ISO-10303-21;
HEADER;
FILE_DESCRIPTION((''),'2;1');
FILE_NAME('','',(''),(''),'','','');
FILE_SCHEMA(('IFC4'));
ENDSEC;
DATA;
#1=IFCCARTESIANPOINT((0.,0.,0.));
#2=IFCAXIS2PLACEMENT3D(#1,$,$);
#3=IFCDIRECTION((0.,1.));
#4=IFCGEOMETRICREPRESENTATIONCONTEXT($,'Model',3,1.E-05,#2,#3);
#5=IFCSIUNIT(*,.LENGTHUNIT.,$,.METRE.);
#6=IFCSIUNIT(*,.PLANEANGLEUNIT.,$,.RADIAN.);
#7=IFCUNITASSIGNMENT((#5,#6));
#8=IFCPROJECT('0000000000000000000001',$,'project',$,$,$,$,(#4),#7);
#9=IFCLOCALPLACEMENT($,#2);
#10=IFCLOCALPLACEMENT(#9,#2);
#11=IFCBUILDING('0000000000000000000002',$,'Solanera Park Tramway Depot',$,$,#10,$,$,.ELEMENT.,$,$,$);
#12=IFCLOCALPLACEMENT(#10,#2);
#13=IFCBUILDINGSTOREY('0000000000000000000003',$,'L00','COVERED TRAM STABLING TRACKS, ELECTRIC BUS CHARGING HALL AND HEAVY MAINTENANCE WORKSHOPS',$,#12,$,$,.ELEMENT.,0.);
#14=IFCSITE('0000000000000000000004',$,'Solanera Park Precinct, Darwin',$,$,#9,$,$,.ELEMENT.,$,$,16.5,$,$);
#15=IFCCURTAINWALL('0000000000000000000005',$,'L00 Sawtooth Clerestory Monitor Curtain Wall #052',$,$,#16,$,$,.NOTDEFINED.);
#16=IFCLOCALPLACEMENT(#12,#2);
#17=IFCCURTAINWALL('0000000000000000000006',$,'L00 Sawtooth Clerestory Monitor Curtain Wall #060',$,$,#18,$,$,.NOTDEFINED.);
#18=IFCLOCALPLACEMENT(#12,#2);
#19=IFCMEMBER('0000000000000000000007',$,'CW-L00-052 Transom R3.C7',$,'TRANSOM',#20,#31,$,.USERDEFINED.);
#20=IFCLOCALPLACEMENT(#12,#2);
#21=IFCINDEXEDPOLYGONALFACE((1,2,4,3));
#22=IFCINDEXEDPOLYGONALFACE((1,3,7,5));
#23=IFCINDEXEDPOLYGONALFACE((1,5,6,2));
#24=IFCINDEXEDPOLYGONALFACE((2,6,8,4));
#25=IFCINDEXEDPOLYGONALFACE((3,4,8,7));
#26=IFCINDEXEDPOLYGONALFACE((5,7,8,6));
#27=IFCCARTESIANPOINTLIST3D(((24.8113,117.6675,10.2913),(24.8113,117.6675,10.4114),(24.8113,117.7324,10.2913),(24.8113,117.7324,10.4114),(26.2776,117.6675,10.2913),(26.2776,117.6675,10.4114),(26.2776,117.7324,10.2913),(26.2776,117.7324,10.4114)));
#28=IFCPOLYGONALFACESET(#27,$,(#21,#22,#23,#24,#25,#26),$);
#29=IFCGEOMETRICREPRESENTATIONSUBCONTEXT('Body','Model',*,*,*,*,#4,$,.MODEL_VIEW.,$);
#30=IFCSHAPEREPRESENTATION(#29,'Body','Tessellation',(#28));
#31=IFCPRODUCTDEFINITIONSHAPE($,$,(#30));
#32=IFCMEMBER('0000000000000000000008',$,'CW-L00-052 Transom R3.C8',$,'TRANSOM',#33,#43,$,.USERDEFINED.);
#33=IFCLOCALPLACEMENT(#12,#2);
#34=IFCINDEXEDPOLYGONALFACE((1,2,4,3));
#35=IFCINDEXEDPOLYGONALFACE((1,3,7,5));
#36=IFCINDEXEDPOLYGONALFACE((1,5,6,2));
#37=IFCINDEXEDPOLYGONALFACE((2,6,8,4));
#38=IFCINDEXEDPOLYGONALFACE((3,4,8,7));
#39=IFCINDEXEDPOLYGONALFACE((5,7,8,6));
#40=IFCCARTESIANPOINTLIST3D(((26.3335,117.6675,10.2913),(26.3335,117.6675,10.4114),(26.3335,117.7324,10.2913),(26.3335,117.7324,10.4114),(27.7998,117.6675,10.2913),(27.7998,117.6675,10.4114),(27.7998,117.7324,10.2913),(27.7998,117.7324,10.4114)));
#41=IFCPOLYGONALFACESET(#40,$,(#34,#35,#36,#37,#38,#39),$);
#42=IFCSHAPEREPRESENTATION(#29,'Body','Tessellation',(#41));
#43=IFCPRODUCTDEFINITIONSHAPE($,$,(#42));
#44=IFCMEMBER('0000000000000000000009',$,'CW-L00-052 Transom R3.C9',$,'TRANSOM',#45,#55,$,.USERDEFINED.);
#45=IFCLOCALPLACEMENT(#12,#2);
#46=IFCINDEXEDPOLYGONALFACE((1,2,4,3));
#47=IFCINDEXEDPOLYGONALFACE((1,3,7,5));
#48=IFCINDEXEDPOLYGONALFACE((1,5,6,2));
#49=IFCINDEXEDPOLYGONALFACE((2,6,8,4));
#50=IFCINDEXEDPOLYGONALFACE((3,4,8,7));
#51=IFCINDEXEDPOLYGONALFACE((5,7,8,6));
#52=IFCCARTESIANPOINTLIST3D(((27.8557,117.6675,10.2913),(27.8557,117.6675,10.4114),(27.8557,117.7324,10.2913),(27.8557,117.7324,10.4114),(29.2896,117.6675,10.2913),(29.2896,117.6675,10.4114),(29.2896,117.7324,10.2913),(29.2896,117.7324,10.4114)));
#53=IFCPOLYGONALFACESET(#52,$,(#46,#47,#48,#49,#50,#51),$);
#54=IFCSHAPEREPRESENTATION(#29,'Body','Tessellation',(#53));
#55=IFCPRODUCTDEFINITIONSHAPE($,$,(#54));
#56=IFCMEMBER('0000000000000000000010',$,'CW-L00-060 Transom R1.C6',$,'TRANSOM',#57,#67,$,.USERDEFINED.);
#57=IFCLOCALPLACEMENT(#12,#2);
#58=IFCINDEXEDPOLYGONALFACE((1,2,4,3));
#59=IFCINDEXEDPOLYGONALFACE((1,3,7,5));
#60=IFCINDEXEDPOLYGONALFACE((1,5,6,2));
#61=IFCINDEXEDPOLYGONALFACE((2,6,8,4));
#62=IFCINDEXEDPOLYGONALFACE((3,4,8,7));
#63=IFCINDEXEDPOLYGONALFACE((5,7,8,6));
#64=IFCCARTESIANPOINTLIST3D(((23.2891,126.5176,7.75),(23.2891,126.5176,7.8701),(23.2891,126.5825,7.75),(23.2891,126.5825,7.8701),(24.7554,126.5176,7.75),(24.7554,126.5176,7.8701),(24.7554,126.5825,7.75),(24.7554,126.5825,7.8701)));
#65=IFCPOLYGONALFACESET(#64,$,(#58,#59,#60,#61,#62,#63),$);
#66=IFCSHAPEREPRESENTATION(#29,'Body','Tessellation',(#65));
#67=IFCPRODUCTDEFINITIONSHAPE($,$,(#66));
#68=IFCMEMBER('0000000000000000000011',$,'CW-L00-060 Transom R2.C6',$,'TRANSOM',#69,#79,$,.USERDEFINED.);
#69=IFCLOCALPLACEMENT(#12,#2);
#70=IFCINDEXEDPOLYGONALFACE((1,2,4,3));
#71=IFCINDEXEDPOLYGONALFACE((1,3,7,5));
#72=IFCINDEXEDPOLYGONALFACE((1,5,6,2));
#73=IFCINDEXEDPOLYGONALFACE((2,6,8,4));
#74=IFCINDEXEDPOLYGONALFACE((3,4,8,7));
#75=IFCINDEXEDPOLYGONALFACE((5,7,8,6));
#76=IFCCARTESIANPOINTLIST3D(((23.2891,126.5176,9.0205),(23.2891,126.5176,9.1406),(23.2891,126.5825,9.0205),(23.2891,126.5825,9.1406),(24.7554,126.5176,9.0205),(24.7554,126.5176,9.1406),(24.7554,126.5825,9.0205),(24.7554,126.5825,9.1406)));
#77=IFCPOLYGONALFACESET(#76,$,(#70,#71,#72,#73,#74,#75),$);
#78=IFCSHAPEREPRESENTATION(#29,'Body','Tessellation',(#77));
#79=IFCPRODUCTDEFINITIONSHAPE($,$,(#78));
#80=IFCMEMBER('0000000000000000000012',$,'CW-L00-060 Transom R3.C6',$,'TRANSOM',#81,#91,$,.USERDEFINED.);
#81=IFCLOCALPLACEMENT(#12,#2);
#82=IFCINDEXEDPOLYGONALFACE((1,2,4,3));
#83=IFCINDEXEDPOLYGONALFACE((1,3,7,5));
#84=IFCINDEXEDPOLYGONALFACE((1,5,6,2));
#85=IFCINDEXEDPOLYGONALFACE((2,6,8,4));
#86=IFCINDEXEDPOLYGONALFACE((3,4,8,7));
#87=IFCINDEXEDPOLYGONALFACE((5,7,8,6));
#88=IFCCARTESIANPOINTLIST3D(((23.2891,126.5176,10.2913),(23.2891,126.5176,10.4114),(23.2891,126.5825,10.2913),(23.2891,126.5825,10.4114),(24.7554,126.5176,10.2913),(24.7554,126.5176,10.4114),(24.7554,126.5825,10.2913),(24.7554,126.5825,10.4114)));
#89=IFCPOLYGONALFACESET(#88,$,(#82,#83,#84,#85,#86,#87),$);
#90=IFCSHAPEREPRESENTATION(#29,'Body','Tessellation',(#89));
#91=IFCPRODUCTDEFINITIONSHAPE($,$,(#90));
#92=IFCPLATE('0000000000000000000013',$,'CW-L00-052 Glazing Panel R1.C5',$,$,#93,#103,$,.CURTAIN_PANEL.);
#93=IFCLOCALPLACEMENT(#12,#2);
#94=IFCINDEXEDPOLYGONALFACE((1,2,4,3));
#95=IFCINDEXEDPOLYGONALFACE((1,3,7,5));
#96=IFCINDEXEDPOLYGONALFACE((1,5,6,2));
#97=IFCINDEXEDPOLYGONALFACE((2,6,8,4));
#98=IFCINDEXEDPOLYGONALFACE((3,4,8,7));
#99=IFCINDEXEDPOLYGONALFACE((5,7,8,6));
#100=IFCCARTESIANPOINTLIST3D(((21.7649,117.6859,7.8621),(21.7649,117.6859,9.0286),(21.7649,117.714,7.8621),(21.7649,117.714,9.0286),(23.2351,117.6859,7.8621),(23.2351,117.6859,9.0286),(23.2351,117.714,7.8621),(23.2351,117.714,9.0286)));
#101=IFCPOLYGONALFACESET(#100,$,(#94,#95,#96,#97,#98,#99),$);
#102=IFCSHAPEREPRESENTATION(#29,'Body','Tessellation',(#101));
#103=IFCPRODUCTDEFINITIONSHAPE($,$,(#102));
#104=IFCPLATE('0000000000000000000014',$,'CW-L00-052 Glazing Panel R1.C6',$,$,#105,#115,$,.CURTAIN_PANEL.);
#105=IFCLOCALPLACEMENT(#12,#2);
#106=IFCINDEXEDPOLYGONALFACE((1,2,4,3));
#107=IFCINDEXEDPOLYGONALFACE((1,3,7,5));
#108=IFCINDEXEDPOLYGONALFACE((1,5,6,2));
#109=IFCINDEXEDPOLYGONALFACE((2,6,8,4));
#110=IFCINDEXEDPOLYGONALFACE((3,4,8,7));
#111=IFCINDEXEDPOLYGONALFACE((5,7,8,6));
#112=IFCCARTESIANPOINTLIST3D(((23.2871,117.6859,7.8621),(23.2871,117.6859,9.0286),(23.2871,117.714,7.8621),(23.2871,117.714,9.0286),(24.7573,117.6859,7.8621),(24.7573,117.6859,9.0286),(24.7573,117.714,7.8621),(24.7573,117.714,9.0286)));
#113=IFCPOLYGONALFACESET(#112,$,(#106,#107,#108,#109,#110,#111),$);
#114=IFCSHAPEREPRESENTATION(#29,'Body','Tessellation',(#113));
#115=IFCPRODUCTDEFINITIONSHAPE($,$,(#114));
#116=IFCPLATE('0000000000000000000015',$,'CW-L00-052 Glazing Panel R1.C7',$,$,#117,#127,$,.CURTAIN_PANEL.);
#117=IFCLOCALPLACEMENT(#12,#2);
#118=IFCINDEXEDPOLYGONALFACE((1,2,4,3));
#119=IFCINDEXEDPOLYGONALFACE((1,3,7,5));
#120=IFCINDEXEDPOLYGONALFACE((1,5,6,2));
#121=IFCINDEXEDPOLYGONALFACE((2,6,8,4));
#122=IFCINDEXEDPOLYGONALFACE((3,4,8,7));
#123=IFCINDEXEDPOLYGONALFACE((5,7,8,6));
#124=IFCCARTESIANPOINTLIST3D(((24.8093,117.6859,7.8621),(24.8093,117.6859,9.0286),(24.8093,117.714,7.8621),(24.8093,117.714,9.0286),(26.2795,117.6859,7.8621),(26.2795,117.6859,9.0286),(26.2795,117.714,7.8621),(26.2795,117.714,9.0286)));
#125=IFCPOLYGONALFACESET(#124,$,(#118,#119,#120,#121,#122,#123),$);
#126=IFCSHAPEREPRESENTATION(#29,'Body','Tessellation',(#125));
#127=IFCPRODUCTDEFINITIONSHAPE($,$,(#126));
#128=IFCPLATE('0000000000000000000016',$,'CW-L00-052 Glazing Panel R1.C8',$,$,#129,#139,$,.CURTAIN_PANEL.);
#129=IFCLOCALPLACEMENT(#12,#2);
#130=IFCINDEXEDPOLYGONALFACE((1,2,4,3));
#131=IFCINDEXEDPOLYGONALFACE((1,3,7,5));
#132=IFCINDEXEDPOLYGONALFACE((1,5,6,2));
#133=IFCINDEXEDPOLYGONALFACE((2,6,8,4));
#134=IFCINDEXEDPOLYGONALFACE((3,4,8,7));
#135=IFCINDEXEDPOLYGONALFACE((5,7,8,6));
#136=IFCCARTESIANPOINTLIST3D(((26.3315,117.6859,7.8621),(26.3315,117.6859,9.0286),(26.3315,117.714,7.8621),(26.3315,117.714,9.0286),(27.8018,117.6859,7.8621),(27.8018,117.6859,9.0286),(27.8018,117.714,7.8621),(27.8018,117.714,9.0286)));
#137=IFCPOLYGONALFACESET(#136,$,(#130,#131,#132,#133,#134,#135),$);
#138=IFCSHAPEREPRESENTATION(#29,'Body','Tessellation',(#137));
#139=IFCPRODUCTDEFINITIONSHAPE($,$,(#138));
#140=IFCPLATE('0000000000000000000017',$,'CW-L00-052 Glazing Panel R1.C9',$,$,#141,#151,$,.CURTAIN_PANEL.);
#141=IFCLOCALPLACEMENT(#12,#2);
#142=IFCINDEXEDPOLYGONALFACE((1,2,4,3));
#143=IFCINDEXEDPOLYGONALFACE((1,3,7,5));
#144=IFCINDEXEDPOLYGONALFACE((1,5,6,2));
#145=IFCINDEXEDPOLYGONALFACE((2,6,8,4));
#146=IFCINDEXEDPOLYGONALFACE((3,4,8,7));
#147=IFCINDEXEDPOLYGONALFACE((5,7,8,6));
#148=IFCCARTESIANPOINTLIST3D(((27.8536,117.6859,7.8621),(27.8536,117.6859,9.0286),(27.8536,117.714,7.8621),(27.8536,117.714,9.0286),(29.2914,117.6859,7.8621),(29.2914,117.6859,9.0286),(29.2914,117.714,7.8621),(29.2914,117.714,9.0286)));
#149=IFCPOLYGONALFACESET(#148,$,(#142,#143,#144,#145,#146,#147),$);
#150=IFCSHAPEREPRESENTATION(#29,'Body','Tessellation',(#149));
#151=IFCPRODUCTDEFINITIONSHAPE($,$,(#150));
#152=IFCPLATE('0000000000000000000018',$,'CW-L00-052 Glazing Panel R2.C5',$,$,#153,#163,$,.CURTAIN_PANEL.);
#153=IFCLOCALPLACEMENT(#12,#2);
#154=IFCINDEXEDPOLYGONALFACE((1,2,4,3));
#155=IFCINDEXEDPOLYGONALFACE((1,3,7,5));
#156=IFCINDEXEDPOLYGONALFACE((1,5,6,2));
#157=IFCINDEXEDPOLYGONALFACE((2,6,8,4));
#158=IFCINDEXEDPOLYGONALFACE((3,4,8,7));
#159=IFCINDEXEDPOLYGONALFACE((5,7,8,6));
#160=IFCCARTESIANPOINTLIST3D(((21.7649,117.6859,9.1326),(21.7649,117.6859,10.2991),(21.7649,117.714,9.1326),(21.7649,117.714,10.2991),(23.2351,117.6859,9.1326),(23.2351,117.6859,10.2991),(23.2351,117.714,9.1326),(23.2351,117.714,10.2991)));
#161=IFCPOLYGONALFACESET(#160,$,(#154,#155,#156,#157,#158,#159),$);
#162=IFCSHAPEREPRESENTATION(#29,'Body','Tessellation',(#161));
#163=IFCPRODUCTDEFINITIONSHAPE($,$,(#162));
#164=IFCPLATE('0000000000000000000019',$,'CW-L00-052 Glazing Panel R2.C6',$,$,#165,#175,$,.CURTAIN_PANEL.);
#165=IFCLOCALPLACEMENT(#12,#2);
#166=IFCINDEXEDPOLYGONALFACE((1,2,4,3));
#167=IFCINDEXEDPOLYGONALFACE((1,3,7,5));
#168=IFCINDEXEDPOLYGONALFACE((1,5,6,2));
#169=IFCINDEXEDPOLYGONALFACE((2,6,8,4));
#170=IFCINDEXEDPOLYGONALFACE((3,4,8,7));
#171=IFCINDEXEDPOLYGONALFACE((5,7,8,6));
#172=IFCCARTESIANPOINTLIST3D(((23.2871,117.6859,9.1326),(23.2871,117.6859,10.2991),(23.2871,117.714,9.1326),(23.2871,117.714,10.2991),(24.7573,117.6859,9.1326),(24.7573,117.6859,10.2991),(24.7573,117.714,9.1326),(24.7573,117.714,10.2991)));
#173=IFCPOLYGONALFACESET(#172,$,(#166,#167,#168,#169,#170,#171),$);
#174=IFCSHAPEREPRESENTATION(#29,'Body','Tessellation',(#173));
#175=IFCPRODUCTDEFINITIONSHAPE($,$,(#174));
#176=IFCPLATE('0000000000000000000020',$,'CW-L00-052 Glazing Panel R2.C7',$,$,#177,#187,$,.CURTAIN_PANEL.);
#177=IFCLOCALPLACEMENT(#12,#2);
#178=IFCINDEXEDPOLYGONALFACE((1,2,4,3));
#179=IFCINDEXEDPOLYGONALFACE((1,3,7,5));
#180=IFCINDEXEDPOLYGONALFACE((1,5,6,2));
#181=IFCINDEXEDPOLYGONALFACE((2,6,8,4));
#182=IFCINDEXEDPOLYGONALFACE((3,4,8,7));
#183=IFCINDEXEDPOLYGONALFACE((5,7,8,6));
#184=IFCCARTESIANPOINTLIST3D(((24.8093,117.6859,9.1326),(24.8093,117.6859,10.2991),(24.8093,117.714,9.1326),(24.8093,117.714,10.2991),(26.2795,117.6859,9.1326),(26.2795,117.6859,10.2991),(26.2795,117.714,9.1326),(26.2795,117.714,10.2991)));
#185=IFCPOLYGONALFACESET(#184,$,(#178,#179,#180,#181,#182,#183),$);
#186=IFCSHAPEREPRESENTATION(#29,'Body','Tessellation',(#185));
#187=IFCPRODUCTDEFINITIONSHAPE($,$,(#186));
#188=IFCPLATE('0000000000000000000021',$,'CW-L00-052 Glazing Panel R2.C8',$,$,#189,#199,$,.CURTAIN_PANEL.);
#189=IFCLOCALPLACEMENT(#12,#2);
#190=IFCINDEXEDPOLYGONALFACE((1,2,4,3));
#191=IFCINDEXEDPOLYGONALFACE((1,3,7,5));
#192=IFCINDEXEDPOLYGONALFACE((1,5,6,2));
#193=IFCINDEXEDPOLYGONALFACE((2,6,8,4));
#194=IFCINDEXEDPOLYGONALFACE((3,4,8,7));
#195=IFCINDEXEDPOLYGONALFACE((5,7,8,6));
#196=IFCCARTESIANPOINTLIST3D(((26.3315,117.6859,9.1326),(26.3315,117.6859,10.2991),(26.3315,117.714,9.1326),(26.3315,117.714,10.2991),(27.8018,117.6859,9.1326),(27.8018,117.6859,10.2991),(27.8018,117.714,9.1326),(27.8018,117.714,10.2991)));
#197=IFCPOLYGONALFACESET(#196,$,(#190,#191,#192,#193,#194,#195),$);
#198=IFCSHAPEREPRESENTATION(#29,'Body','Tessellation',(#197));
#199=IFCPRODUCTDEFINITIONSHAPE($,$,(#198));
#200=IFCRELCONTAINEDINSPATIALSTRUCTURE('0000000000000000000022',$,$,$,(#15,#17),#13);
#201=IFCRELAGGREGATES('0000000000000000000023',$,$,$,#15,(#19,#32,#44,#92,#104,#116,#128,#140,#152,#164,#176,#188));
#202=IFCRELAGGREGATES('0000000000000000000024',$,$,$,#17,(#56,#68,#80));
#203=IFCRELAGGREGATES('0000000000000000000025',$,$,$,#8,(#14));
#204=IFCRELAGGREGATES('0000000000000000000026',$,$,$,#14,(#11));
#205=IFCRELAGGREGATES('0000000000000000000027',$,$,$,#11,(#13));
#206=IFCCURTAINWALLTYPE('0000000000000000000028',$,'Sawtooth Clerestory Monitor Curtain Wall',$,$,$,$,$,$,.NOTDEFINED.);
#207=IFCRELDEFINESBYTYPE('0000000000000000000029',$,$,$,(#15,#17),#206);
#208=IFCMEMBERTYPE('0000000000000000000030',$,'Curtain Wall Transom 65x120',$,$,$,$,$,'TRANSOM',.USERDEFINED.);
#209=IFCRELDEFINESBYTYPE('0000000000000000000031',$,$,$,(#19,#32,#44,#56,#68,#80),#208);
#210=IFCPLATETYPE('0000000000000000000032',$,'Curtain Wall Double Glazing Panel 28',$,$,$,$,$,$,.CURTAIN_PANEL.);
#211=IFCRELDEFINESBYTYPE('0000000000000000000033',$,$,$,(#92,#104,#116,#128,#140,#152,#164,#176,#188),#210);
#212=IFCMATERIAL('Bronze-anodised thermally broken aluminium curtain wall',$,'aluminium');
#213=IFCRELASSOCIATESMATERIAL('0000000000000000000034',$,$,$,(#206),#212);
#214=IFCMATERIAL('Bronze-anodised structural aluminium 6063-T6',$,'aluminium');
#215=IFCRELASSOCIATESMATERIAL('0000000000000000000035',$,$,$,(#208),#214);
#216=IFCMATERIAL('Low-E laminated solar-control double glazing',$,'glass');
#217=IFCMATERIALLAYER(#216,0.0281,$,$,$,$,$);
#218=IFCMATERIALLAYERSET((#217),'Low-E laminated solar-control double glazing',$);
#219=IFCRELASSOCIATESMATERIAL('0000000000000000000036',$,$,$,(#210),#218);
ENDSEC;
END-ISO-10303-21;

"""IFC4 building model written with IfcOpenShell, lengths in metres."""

from ifc_helpers import new_model, si_unit, direction, frame, origin, origin_2d, place, context, subcontext, project, spatial, rectangle, extrude, material, layer, layer_set, material_profile, profile_set, type_object, element, aggregate, save


model = new_model("IFC4")

# Units and contexts
model_context = context("Model", 3, precision=1e-05, world=origin(), true_north=direction((0.0, 1.0)))
body_context = subcontext(model_context, "Body", "Model", "MODEL_VIEW")
ifc_project = project(units=[si_unit("LENGTHUNIT", "METRE"), si_unit("PLANEANGLEUNIT", "RADIAN")], contexts=[model_context])

# Site, building, storey
site_placement = place(None, origin())
site = spatial("IfcSite", under=ifc_project, at=site_placement, Name="Solanera Park Precinct, Darwin", CompositionType="ELEMENT", RefElevation=16.5)
building_placement = place(site_placement, origin())
building = spatial("IfcBuilding", under=site, at=building_placement, Name="Solanera Park Tramway Depot", CompositionType="ELEMENT")
storey_placement = place(building_placement, origin())
storey = spatial("IfcBuildingStorey", under=building, at=storey_placement, Name="L00", Description="COVERED TRAM STABLING TRACKS, ELECTRIC BUS CHARGING HALL AND HEAVY MAINTENANCE WORKSHOPS", CompositionType="ELEMENT", Elevation=0.0)

# Curtain wall
ifc_material_1 = material(Name="Bronze-anodised thermally broken aluminium curtain wall", Category="aluminium")
curtain_wall_type = type_object("IfcCurtainWallType", Name="Sawtooth Clerestory Monitor Curtain Wall", PredefinedType="NOTDEFINED", material=ifc_material_1)
curtain_wall_1_placement = place(storey_placement, origin())
curtain_wall_1 = element("IfcCurtainWall", 1, at=curtain_wall_1_placement, inside=storey, type_object=curtain_wall_type, Name="L00 Sawtooth Clerestory Monitor Curtain Wall #052", PredefinedType="NOTDEFINED")

# Curtain wall
curtain_wall_2_placement = place(storey_placement, origin())
curtain_wall_2 = element("IfcCurtainWall", 2, at=curtain_wall_2_placement, inside=storey, type_object=curtain_wall_type, Name="L00 Sawtooth Clerestory Monitor Curtain Wall #060", PredefinedType="NOTDEFINED")

# Members
ifc_material_2 = material(Name="Bronze-anodised structural aluminium 6063-T6", Category="aluminium")
ifc_material_profile_1 = material_profile(ifc_material_2, rectangle(XDim=0.0649, YDim=0.1201, at=origin_2d()), Name="Curtain Wall Transom 65x120")
ifc_profile_set_1 = profile_set([ifc_material_profile_1], Name="Bronze-anodised structural aluminium 6063-T6")
member_type_1 = type_object("IfcMemberType", Name="Curtain Wall Transom 65x120", ElementType="TRANSOM", PredefinedType="USERDEFINED", material=ifc_profile_set_1)
member_1_placement = place(storey_placement, frame((24.8113, 117.7, 10.3513), z_axis=(1.0, 0.0, 0.0), x_axis=(0.0, 1.0, 0.0)))
member_1 = element("IfcMember", 3, at=member_1_placement, type_object=member_type_1, Name="CW-L00-052 Transom R3.C7", ObjectType="TRANSOM", PredefinedType="USERDEFINED", context=body_context, shape_type="SweptSolid", body=[
    extrude(rectangle(XDim=0.0649, YDim=0.1201, at=origin_2d()), origin(), (0.0, 0.0, 1.0), 1.4663),
])
member_2_placement = place(storey_placement, frame((26.3335, 117.7, 10.3513), z_axis=(1.0, 0.0, 0.0), x_axis=(0.0, 1.0, 0.0)))
member_2 = element("IfcMember", 4, at=member_2_placement, type_object=member_type_1, Name="CW-L00-052 Transom R3.C8", ObjectType="TRANSOM", PredefinedType="USERDEFINED", context=body_context, shape_type="SweptSolid", body=[
    extrude(rectangle(XDim=0.0649, YDim=0.1201, at=origin_2d()), origin(), (0.0, 0.0, 1.0), 1.4663),
])
member_3_placement = place(storey_placement, frame((27.8557, 117.7, 10.3513), z_axis=(1.0, 0.0, 0.0), x_axis=(0.0, 1.0, 0.0)))
member_3 = element("IfcMember", 5, at=member_3_placement, type_object=member_type_1, Name="CW-L00-052 Transom R3.C9", ObjectType="TRANSOM", PredefinedType="USERDEFINED", context=body_context, shape_type="SweptSolid", body=[
    extrude(rectangle(XDim=0.0649, YDim=0.1201, at=origin_2d()), origin(), (0.0, 0.0, 1.0), 1.4338),
])
member_4_placement = place(storey_placement, frame((23.2891, 126.55, 7.8101), z_axis=(1.0, 0.0, 0.0), x_axis=(0.0, 1.0, 0.0)))
member_4 = element("IfcMember", 6, at=member_4_placement, type_object=member_type_1, Name="CW-L00-060 Transom R1.C6", ObjectType="TRANSOM", PredefinedType="USERDEFINED", context=body_context, shape_type="SweptSolid", body=[
    extrude(rectangle(XDim=0.0649, YDim=0.1201, at=origin_2d()), origin(), (0.0, 0.0, 1.0), 1.4663),
])
member_5_placement = place(storey_placement, frame((23.2891, 126.55, 9.0806), z_axis=(1.0, 0.0, 0.0), x_axis=(0.0, 1.0, 0.0)))
member_5 = element("IfcMember", 7, at=member_5_placement, type_object=member_type_1, Name="CW-L00-060 Transom R2.C6", ObjectType="TRANSOM", PredefinedType="USERDEFINED", context=body_context, shape_type="SweptSolid", body=[
    extrude(rectangle(XDim=0.0649, YDim=0.1201, at=origin_2d()), origin(), (0.0, 0.0, 1.0), 1.4663),
])
member_6_placement = place(storey_placement, frame((23.2891, 126.55, 10.3513), z_axis=(1.0, 0.0, 0.0), x_axis=(0.0, 1.0, 0.0)))
member_6 = element("IfcMember", 8, at=member_6_placement, type_object=member_type_1, Name="CW-L00-060 Transom R3.C6", ObjectType="TRANSOM", PredefinedType="USERDEFINED", context=body_context, shape_type="SweptSolid", body=[
    extrude(rectangle(XDim=0.0649, YDim=0.1201, at=origin_2d()), origin(), (0.0, 0.0, 1.0), 1.4663),
])

# Plates
ifc_material_3 = material(Name="Low-E laminated solar-control double glazing", Category="glass")
ifc_layer = layer(ifc_material_3, 0.0281)
ifc_layer_set = layer_set([ifc_layer], Name="Low-E laminated solar-control double glazing")
plate_type = type_object("IfcPlateType", Name="Curtain Wall Double Glazing Panel 28", PredefinedType="CURTAIN_PANEL", material=ifc_layer_set)
plate_1_placement = place(storey_placement, frame((22.5, 117.7, 7.8621), z_axis=(0.0, 0.0, 1.0), x_axis=(1.0, 0.0, 0.0)))
plate_1 = element("IfcPlate", 9, at=plate_1_placement, type_object=plate_type, Name="CW-L00-052 Glazing Panel R1.C5", PredefinedType="CURTAIN_PANEL", context=body_context, shape_type="SweptSolid", body=[
    extrude(rectangle(XDim=1.4702, YDim=0.0281, at=origin_2d()), origin(), (0.0, 0.0, 1.0), 1.1665),
])
plate_2_placement = place(storey_placement, frame((24.0222, 117.7, 7.8621), z_axis=(0.0, 0.0, 1.0), x_axis=(1.0, 0.0, 0.0)))
plate_2 = element("IfcPlate", 10, at=plate_2_placement, type_object=plate_type, Name="CW-L00-052 Glazing Panel R1.C6", PredefinedType="CURTAIN_PANEL", context=body_context, shape_type="SweptSolid", body=[
    extrude(rectangle(XDim=1.4702, YDim=0.0281, at=origin_2d()), origin(), (0.0, 0.0, 1.0), 1.1665),
])
plate_3_placement = place(storey_placement, frame((25.5444, 117.7, 7.8621), z_axis=(0.0, 0.0, 1.0), x_axis=(1.0, 0.0, 0.0)))
plate_3 = element("IfcPlate", 11, at=plate_3_placement, type_object=plate_type, Name="CW-L00-052 Glazing Panel R1.C7", PredefinedType="CURTAIN_PANEL", context=body_context, shape_type="SweptSolid", body=[
    extrude(rectangle(XDim=1.4702, YDim=0.0281, at=origin_2d()), origin(), (0.0, 0.0, 1.0), 1.1665),
])
plate_4_placement = place(storey_placement, frame((27.0667, 117.7, 7.8621), z_axis=(0.0, 0.0, 1.0), x_axis=(1.0, 0.0, 0.0)))
plate_4 = element("IfcPlate", 12, at=plate_4_placement, type_object=plate_type, Name="CW-L00-052 Glazing Panel R1.C8", PredefinedType="CURTAIN_PANEL", context=body_context, shape_type="SweptSolid", body=[
    extrude(rectangle(XDim=1.4702, YDim=0.0281, at=origin_2d()), origin(), (0.0, 0.0, 1.0), 1.1665),
])
plate_5_placement = place(storey_placement, frame((28.5725, 117.7, 7.8621), z_axis=(0.0, 0.0, 1.0), x_axis=(1.0, 0.0, 0.0)))
plate_5 = element("IfcPlate", 13, at=plate_5_placement, type_object=plate_type, Name="CW-L00-052 Glazing Panel R1.C9", PredefinedType="CURTAIN_PANEL", context=body_context, shape_type="SweptSolid", body=[
    extrude(rectangle(XDim=1.4377, YDim=0.0281, at=origin_2d()), origin(), (0.0, 0.0, 1.0), 1.1665),
])
plate_6_placement = place(storey_placement, frame((22.5, 117.7, 9.1326), z_axis=(0.0, 0.0, 1.0), x_axis=(1.0, 0.0, 0.0)))
plate_6 = element("IfcPlate", 14, at=plate_6_placement, type_object=plate_type, Name="CW-L00-052 Glazing Panel R2.C5", PredefinedType="CURTAIN_PANEL", context=body_context, shape_type="SweptSolid", body=[
    extrude(rectangle(XDim=1.4702, YDim=0.0281, at=origin_2d()), origin(), (0.0, 0.0, 1.0), 1.1665),
])
plate_7_placement = place(storey_placement, frame((24.0222, 117.7, 9.1326), z_axis=(0.0, 0.0, 1.0), x_axis=(1.0, 0.0, 0.0)))
plate_7 = element("IfcPlate", 15, at=plate_7_placement, type_object=plate_type, Name="CW-L00-052 Glazing Panel R2.C6", PredefinedType="CURTAIN_PANEL", context=body_context, shape_type="SweptSolid", body=[
    extrude(rectangle(XDim=1.4702, YDim=0.0281, at=origin_2d()), origin(), (0.0, 0.0, 1.0), 1.1665),
])
plate_8_placement = place(storey_placement, frame((25.5444, 117.7, 9.1326), z_axis=(0.0, 0.0, 1.0), x_axis=(1.0, 0.0, 0.0)))
plate_8 = element("IfcPlate", 16, at=plate_8_placement, type_object=plate_type, Name="CW-L00-052 Glazing Panel R2.C7", PredefinedType="CURTAIN_PANEL", context=body_context, shape_type="SweptSolid", body=[
    extrude(rectangle(XDim=1.4702, YDim=0.0281, at=origin_2d()), origin(), (0.0, 0.0, 1.0), 1.1665),
])
plate_9_placement = place(storey_placement, frame((27.0667, 117.7, 9.1326), z_axis=(0.0, 0.0, 1.0), x_axis=(1.0, 0.0, 0.0)))
plate_9 = element("IfcPlate", 17, at=plate_9_placement, type_object=plate_type, Name="CW-L00-052 Glazing Panel R2.C8", PredefinedType="CURTAIN_PANEL", context=body_context, shape_type="SweptSolid", body=[
    extrude(rectangle(XDim=1.4702, YDim=0.0281, at=origin_2d()), origin(), (0.0, 0.0, 1.0), 1.1665),
])
aggregate(curtain_wall_1, [member_1, member_2, member_3, plate_1, plate_2, plate_3, plate_4, plate_5, plate_6, plate_7, plate_8, plate_9])
aggregate(curtain_wall_2, [member_4, member_5, member_6])

save(model, "model.ifc")
